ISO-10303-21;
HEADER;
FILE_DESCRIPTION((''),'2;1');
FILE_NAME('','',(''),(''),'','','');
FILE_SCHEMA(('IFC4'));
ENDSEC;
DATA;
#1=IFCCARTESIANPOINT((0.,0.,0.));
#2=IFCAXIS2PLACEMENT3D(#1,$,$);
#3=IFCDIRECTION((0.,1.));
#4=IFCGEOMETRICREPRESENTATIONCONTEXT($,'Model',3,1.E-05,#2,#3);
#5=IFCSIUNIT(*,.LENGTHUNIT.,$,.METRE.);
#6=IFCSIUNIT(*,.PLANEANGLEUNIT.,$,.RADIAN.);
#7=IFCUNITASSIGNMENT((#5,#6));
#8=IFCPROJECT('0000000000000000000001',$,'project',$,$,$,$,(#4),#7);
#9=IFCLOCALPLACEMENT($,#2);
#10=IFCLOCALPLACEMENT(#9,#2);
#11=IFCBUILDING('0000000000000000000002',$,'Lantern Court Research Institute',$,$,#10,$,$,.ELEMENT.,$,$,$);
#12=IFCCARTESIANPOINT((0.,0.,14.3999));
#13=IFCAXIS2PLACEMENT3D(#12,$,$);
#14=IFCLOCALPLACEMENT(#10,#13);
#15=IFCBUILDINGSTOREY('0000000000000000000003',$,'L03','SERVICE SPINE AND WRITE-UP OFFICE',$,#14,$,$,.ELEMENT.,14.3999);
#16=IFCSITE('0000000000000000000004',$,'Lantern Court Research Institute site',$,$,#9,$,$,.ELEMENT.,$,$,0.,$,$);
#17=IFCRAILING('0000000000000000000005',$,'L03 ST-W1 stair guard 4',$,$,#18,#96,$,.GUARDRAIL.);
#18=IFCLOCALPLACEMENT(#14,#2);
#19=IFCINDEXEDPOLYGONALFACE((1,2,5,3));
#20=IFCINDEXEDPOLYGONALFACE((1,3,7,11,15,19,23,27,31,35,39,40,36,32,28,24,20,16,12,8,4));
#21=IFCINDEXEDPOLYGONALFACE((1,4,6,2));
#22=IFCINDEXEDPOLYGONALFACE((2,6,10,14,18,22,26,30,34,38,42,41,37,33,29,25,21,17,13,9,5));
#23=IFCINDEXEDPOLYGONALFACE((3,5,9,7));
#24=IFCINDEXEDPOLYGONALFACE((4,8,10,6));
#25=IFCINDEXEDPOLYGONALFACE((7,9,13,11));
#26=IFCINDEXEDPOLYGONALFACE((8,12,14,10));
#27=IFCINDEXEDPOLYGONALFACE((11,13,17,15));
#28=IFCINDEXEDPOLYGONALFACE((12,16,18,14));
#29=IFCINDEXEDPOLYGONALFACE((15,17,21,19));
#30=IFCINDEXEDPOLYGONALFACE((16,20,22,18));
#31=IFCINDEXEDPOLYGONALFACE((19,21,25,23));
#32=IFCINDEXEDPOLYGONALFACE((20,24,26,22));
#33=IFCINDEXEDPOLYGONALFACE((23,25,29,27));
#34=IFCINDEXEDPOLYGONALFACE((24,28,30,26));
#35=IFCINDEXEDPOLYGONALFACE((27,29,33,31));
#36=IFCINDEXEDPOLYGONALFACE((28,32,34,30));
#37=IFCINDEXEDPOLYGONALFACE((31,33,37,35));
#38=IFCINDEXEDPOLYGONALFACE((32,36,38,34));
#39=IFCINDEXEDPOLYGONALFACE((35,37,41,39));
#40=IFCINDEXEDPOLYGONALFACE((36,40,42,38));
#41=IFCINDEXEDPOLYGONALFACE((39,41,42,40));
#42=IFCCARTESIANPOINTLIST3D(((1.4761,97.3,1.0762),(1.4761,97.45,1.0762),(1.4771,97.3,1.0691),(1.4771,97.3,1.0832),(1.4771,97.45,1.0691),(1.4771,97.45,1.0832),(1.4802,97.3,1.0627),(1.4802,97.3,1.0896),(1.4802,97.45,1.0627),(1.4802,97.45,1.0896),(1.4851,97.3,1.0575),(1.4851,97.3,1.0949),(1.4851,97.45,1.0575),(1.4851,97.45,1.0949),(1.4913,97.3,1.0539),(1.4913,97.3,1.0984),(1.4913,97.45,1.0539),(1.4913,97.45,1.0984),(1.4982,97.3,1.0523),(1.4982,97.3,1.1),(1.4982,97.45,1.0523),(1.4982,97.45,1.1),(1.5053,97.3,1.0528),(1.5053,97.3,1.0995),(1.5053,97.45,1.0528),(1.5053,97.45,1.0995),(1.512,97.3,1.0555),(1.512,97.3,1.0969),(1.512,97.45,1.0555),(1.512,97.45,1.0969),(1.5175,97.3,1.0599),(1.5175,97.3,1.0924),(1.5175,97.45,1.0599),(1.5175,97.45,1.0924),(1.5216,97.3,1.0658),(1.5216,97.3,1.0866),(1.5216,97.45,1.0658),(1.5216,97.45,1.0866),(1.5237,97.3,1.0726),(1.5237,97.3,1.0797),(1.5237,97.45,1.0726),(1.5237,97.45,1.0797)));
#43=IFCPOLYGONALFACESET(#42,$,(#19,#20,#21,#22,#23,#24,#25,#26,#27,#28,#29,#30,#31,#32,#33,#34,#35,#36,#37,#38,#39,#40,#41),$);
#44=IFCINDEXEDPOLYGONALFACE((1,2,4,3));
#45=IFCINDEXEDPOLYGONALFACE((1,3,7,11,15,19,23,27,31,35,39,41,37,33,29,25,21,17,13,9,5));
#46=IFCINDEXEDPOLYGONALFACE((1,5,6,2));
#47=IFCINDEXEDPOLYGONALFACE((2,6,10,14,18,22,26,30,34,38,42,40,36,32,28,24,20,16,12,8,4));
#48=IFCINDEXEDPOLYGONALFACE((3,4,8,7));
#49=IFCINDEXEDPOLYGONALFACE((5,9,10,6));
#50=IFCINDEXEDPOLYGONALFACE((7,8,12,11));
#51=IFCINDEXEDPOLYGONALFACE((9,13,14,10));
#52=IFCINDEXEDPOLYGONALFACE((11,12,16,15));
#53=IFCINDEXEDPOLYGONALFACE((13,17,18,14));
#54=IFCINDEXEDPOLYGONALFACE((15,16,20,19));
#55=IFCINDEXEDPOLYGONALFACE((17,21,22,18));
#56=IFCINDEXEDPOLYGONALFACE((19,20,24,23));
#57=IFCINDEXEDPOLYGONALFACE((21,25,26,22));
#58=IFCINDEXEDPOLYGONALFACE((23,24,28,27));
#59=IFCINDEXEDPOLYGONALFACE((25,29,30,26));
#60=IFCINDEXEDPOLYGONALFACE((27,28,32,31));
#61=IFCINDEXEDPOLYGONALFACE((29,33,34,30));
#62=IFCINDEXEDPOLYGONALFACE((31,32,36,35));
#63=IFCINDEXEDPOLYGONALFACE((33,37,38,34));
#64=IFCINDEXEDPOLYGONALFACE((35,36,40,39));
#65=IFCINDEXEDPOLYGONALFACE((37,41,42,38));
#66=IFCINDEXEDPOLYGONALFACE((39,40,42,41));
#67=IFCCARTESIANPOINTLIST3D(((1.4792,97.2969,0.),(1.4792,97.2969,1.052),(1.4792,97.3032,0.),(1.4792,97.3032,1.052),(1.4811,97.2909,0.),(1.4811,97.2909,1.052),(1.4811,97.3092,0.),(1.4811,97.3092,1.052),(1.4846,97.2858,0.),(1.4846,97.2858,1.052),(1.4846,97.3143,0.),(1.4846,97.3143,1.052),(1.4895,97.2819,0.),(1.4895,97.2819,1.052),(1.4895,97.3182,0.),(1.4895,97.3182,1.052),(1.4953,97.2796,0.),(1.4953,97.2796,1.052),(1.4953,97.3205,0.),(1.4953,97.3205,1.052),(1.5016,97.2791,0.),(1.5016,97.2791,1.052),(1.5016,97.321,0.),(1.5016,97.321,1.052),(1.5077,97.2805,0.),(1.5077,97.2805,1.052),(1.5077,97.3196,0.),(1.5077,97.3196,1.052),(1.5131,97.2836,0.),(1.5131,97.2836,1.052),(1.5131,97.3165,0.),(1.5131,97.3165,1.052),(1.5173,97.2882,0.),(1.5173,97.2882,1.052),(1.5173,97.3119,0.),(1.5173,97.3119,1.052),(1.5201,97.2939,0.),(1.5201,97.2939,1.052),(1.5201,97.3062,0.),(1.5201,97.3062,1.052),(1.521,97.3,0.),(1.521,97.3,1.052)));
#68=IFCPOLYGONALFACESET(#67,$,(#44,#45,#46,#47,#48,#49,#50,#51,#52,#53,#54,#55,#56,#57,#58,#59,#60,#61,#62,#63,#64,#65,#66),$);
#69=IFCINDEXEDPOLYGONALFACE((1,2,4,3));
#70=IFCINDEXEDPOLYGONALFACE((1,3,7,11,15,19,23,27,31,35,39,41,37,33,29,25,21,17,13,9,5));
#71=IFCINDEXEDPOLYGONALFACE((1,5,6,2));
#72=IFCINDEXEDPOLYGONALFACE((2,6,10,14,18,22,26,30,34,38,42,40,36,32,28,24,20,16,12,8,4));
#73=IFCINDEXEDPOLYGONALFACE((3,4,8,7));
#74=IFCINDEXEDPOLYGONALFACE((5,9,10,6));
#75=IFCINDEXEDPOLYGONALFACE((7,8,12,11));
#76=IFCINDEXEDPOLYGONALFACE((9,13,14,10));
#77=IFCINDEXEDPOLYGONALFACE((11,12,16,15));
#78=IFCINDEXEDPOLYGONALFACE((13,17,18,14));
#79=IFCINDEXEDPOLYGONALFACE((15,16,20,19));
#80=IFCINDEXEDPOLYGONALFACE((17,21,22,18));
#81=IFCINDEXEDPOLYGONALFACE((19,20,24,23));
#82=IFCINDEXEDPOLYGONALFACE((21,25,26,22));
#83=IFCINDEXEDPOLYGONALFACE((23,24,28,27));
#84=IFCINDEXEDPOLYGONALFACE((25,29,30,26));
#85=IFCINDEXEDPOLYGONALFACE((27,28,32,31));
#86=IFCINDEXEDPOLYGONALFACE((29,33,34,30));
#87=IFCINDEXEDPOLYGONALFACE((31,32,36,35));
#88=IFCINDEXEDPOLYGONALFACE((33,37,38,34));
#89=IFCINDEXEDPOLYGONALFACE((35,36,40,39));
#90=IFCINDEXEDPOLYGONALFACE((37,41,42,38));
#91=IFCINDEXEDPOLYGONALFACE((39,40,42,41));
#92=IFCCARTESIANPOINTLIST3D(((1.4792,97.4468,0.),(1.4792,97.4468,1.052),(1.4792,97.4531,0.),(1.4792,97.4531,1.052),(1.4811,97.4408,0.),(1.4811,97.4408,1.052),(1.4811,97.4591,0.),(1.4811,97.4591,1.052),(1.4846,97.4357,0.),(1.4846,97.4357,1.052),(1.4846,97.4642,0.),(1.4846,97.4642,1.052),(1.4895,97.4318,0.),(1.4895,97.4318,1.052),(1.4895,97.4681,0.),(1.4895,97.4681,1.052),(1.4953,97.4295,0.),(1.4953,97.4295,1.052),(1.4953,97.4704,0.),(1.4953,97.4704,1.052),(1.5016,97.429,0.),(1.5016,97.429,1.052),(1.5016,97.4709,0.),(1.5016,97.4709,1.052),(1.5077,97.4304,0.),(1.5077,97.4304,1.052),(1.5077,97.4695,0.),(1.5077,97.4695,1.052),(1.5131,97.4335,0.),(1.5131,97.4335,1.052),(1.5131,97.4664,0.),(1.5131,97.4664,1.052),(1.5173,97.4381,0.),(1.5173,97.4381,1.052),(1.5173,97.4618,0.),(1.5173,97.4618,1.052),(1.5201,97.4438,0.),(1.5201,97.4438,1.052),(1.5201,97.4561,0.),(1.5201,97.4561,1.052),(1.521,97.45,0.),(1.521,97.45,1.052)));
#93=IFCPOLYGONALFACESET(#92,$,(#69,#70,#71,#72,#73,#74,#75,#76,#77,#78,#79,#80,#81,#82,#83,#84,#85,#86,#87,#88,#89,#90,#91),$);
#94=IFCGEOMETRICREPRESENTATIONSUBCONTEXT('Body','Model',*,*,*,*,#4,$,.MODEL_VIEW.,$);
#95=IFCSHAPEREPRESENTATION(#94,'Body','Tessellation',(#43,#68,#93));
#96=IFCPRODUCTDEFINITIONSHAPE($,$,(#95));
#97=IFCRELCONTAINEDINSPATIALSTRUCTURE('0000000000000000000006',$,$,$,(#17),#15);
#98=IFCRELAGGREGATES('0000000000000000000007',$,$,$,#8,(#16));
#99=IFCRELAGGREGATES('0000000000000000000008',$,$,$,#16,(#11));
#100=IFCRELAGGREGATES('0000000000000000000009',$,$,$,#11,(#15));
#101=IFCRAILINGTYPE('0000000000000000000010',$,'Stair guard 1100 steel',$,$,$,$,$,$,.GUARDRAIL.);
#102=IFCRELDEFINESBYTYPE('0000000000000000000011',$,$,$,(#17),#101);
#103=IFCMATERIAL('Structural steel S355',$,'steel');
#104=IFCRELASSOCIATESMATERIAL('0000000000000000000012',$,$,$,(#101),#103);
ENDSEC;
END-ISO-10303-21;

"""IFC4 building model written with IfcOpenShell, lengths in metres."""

from ifc_helpers import new_model, si_unit, direction, frame, origin, origin_2d, place, context, subcontext, project, spatial, circle, extrude, material, type_object, element, save


model = new_model("IFC4")

# Units and contexts
model_context = context("Model", 3, precision=1e-05, world=origin(), true_north=direction((0.0, 1.0)))
body_context = subcontext(model_context, "Body", "Model", "MODEL_VIEW")
ifc_project = project(units=[si_unit("LENGTHUNIT", "METRE"), si_unit("PLANEANGLEUNIT", "RADIAN")], contexts=[model_context])

# Site, building, storey
site_placement = place(None, origin())
site = spatial("IfcSite", under=ifc_project, at=site_placement, Name="Lantern Court Research Institute site", CompositionType="ELEMENT", RefElevation=0.0)
building_placement = place(site_placement, origin())
building = spatial("IfcBuilding", under=site, at=building_placement, Name="Lantern Court Research Institute", CompositionType="ELEMENT")
storey_placement = place(building_placement, frame((0.0, 0.0, 14.3999)))
storey = spatial("IfcBuildingStorey", under=building, at=storey_placement, Name="L03", Description="SERVICE SPINE AND WRITE-UP OFFICE", CompositionType="ELEMENT", Elevation=14.3999)

# Railing
ifc_material_1 = material(Name="Structural steel S355", Category="steel")
railing_type_1 = type_object("IfcRailingType", Name="Stair guard 1100 steel", PredefinedType="GUARDRAIL", material=ifc_material_1)
railing_1_placement = place(storey_placement, frame((1.5, 97.3, 0.0)))
element("IfcRailing", 1, at=railing_1_placement, inside=storey, type_object=railing_type_1, Name="L03 ST-W1 stair guard 4", PredefinedType="GUARDRAIL", context=body_context, shape_type="SweptSolid", body=[
    extrude(circle(Radius=0.0239, at=origin_2d()), frame((0.0, 0.0, 1.0762), z_axis=(0.0, 1.0, 0.0), x_axis=(-1.0, 0.0, 0.0)), (0.0, 0.0, 1.0), 0.1499),
    extrude(circle(Radius=0.021, at=origin_2d()), origin(), (0.0, 0.0, 1.0), 1.052),
    extrude(circle(Radius=0.021, at=origin_2d()), frame((0.0, 0.1499, 0.0)), (0.0, 0.0, 1.0), 1.052),
])

save(model, "model.ifc")
